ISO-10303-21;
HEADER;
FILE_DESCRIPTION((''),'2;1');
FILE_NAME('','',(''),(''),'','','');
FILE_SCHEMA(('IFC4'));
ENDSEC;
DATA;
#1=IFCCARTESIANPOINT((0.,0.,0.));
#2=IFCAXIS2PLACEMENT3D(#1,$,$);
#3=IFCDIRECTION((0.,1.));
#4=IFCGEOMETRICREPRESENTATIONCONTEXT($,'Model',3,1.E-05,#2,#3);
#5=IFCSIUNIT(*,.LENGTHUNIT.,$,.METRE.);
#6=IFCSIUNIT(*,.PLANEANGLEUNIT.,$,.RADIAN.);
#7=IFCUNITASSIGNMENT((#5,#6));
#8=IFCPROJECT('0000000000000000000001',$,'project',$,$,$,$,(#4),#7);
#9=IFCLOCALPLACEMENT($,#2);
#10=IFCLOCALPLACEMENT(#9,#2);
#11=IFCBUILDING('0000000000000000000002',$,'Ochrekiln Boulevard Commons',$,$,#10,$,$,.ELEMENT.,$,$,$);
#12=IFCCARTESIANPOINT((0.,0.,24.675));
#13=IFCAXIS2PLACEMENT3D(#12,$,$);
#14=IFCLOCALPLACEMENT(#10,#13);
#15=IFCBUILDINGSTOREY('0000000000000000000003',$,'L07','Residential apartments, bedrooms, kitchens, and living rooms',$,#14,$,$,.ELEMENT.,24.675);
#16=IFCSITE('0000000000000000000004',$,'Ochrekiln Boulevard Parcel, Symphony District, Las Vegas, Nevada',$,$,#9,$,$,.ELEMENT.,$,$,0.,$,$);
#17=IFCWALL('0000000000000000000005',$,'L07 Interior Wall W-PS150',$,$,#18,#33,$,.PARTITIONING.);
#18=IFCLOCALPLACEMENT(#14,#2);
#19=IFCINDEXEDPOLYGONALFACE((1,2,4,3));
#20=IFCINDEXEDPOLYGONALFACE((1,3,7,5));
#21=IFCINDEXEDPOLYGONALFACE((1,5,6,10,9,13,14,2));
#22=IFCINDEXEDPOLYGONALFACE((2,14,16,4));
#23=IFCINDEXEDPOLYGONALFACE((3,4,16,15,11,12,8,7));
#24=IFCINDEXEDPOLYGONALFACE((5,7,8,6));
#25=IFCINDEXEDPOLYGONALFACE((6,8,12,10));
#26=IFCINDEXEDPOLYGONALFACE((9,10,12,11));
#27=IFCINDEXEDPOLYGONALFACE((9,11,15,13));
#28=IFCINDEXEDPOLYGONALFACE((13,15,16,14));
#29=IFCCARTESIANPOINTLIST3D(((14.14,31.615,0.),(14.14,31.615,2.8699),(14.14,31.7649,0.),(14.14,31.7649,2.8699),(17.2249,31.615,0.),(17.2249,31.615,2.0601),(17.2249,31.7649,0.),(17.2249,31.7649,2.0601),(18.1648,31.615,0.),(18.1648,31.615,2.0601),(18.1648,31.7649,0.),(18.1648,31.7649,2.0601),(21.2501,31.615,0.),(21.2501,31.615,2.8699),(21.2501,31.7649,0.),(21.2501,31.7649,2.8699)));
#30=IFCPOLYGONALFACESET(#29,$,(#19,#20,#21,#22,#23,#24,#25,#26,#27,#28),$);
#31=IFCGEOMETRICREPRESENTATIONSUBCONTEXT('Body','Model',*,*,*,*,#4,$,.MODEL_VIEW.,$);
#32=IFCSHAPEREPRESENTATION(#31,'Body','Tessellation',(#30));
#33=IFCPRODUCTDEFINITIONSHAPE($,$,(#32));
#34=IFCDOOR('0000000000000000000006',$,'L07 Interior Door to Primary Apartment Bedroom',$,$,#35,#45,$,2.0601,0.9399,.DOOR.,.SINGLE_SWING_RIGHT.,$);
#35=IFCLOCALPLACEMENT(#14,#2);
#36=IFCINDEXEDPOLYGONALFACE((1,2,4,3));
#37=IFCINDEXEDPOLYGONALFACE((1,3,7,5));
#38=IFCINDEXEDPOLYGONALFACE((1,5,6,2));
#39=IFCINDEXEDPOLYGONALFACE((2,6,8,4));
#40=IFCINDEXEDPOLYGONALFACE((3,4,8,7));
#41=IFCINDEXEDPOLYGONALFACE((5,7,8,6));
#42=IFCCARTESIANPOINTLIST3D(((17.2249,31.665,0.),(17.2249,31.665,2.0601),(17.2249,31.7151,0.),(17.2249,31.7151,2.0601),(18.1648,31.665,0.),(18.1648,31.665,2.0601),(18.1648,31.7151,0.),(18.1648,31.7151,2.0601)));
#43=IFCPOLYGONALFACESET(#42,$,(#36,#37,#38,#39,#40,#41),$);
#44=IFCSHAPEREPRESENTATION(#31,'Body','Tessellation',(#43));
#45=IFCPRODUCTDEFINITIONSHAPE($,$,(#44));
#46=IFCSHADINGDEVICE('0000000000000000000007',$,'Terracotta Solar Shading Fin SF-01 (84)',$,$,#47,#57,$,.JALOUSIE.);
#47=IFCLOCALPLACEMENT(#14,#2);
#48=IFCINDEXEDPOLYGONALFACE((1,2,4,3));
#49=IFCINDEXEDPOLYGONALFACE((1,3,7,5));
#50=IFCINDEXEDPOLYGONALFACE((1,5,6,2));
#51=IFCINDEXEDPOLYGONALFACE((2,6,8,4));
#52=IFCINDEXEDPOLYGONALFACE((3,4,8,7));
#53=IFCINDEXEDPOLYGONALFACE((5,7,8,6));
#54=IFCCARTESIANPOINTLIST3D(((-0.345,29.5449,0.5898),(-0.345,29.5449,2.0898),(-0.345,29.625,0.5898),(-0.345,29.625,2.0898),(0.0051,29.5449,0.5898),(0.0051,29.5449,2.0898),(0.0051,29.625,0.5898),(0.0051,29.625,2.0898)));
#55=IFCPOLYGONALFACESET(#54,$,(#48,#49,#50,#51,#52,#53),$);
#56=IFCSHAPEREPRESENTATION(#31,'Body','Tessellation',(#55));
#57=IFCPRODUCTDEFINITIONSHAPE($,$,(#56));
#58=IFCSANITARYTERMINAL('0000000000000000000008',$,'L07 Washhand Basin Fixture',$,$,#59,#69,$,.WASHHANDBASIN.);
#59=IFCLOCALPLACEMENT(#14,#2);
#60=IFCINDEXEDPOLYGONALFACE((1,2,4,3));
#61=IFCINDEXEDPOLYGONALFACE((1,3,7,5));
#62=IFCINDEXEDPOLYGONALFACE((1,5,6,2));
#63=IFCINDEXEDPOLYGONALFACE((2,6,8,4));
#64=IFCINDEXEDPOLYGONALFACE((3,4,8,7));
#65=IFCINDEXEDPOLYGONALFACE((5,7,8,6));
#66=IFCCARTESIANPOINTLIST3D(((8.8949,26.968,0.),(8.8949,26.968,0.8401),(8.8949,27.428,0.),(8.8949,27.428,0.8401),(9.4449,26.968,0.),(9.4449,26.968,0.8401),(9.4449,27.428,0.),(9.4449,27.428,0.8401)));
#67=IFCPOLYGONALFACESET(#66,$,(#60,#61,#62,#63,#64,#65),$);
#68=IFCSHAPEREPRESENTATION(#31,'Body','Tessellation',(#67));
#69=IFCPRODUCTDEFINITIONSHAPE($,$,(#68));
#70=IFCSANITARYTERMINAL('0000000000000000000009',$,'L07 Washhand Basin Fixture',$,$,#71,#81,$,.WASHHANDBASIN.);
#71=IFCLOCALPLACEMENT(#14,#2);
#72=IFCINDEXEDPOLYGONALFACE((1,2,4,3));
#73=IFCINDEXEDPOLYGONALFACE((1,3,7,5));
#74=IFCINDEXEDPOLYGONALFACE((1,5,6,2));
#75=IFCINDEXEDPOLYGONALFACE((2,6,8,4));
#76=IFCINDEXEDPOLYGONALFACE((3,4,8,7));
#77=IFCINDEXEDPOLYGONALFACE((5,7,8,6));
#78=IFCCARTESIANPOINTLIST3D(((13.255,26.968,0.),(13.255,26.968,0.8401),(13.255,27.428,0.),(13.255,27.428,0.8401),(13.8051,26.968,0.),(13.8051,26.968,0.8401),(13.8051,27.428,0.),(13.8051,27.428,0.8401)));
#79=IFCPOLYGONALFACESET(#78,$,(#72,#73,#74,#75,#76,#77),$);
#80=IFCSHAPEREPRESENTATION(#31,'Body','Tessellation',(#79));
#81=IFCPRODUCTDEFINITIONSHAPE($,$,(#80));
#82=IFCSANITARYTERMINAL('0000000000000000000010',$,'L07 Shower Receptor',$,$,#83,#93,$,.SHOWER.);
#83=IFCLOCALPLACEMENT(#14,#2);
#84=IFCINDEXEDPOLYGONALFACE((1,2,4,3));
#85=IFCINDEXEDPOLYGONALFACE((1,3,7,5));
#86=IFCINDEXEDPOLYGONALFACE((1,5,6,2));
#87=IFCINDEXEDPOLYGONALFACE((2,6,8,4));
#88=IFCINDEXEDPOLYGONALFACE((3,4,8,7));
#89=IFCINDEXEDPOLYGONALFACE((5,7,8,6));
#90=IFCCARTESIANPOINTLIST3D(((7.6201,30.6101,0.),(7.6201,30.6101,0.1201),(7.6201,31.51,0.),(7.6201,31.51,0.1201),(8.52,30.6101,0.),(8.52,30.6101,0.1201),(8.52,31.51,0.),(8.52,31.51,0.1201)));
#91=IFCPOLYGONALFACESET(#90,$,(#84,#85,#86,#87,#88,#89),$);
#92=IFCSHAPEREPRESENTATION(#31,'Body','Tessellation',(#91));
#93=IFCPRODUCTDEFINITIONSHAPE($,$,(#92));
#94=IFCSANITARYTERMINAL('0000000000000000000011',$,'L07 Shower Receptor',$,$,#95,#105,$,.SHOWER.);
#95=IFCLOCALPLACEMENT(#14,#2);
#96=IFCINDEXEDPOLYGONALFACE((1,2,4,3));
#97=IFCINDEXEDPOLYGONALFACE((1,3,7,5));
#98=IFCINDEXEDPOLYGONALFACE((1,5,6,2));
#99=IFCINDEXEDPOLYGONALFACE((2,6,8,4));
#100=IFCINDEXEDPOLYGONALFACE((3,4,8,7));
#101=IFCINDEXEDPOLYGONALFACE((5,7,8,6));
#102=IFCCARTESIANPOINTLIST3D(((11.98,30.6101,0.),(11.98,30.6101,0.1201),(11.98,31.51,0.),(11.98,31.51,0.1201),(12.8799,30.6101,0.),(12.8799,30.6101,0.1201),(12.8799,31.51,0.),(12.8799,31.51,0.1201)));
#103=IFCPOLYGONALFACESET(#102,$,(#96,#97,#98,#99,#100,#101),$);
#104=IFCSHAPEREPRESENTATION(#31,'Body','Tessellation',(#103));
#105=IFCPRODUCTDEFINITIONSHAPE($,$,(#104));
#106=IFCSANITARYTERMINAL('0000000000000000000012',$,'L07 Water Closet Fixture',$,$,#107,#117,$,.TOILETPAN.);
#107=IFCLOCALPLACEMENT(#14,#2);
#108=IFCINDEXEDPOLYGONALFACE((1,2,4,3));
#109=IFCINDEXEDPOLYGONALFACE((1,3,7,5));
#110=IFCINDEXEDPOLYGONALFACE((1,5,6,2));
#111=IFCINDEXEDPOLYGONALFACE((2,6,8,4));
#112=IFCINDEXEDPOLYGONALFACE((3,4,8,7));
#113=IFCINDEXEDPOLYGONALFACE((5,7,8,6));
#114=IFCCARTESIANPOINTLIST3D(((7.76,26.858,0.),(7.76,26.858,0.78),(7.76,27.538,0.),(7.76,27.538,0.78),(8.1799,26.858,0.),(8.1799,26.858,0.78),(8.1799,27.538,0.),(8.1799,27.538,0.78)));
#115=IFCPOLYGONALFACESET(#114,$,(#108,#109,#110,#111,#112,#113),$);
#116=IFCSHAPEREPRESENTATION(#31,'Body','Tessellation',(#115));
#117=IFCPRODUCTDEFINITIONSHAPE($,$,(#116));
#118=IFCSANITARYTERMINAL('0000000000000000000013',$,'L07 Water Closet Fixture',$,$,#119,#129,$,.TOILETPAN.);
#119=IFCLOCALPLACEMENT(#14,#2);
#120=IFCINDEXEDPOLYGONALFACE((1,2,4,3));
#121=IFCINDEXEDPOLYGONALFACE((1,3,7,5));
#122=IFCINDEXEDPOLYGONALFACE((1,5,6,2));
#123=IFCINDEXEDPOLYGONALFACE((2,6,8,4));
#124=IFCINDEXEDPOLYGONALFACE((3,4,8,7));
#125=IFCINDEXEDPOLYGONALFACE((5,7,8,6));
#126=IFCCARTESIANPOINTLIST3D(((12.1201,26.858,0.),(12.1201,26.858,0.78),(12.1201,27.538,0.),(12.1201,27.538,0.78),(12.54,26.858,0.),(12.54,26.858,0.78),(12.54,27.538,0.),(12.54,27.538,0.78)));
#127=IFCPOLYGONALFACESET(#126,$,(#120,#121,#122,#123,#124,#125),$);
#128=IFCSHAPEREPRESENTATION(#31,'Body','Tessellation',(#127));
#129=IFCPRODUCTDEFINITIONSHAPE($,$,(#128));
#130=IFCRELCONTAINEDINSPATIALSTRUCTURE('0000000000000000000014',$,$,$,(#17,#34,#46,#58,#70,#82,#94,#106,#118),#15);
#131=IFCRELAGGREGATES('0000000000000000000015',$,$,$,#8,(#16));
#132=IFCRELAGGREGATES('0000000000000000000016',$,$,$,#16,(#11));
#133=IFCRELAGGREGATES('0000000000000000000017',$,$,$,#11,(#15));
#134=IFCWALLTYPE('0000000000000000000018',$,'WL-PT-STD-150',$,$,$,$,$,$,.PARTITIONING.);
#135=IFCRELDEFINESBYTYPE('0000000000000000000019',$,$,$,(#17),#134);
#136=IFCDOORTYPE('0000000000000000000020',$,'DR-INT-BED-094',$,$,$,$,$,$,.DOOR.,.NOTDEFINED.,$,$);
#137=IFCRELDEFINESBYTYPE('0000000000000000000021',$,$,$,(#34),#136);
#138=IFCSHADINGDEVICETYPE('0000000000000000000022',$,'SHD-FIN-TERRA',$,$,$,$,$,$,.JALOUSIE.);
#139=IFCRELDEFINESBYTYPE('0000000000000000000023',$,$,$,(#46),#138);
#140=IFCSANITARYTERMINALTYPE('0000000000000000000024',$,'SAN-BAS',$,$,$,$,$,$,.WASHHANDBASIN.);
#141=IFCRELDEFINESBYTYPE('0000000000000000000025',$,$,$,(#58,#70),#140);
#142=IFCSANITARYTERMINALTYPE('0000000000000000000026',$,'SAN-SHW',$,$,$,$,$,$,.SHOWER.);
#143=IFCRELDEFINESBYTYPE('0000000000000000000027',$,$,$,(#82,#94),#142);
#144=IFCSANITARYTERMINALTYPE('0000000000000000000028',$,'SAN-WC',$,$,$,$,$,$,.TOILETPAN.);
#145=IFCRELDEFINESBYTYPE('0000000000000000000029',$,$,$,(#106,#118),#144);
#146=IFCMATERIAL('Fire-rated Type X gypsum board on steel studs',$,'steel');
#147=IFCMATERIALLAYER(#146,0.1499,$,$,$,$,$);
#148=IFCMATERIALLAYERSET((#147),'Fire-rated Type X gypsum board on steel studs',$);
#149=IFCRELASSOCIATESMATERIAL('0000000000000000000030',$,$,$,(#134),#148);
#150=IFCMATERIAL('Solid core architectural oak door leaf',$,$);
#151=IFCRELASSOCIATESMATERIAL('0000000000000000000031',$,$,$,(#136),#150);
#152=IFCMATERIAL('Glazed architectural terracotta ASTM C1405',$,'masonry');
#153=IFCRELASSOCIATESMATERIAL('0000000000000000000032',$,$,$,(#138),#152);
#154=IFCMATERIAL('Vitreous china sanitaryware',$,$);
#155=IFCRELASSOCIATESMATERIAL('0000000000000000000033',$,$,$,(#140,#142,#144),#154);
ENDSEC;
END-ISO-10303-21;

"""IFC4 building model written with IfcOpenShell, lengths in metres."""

from ifc_helpers import new_model, si_unit, direction, frame, frame_2d, origin, origin_2d, place, context, subcontext, project, spatial, rectangle, extrude, material, layer, layer_set, type_object, element, fill, save


model = new_model("IFC4")

# Units and contexts
model_context = context("Model", 3, precision=1e-05, world=origin(), true_north=direction((0.0, 1.0)))
body_context = subcontext(model_context, "Body", "Model", "MODEL_VIEW")
ifc_project = project(units=[si_unit("LENGTHUNIT", "METRE"), si_unit("PLANEANGLEUNIT", "RADIAN")], contexts=[model_context])

# Site, building, storey
site_placement = place(None, origin())
site = spatial("IfcSite", under=ifc_project, at=site_placement, Name="Ochrekiln Boulevard Parcel, Symphony District, Las Vegas, Nevada", CompositionType="ELEMENT", RefElevation=0.0)
building_placement = place(site_placement, origin())
building = spatial("IfcBuilding", under=site, at=building_placement, Name="Ochrekiln Boulevard Commons", CompositionType="ELEMENT")
storey_placement = place(building_placement, frame((0.0, 0.0, 24.675)))
storey = spatial("IfcBuildingStorey", under=building, at=storey_placement, Name="L07", Description="Residential apartments, bedrooms, kitchens, and living rooms", CompositionType="ELEMENT", Elevation=24.675)

# Shared definitions
ifc_material_1 = material(Name="Solid core architectural oak door leaf")

# Shared definitions
ifc_material_2 = material(Name="Fire-rated Type X gypsum board on steel studs", Category="steel")

# Wall, opening, door
ifc_layer_1 = layer(ifc_material_2, 0.1499)
ifc_layer_set_1 = layer_set([ifc_layer_1], Name="Fire-rated Type X gypsum board on steel studs")
wall_type_1 = type_object("IfcWallType", Name="WL-PT-STD-150", PredefinedType="PARTITIONING", material=ifc_layer_set_1)
wall_1_placement = place(storey_placement, frame((14.1399, 31.6899, 0.0), z_axis=(0.0, 0.0, 1.0), x_axis=(1.0, 0.0, 0.0)))
wall_1 = element("IfcWall", 1, at=wall_1_placement, inside=storey, type_object=wall_type_1, Name="L07 Interior Wall W-PS150", PredefinedType="PARTITIONING", context=body_context, shape_type="SweptSolid", body=[
    extrude(rectangle(XDim=7.1101, YDim=0.1499, at=frame_2d((3.5552, 0.0))), origin(), (0.0, 0.0, 1.0), 2.8699),
])
opening_1_placement = place(wall_1_placement, frame((3.085, 0.0, 0.0)))
opening_1 = element("IfcOpeningElement", 2, at=opening_1_placement, cuts=wall_1, PredefinedType="OPENING", context=body_context, shape_type="SweptSolid", body=[
    extrude(rectangle(XDim=0.9399, YDim=2.0601, at=frame_2d((0.47, 1.03))), frame((0.0, 0.085, 0.0), z_axis=(0.0, -1.0, 0.0), x_axis=(1.0, 0.0, 0.0)), (0.0, 0.0, 1.0), 0.1699),
])
door_type_1 = type_object("IfcDoorType", Name="DR-INT-BED-094", OperationType="NOTDEFINED", PredefinedType="DOOR", material=ifc_material_1)
door_1_placement = place(opening_1_placement, frame((0.9399, 0.0, 0.0), z_axis=(0.0, 0.0, 1.0), x_axis=(-1.0, 0.0, 0.0)))
door_1 = element("IfcDoor", 3, at=door_1_placement, inside=storey, type_object=door_type_1, Name="L07 Interior Door to Primary Apartment Bedroom", OperationType="SINGLE_SWING_RIGHT", OverallHeight=2.0601, OverallWidth=0.9399, PredefinedType="DOOR", context=body_context, shape_type="SweptSolid", body=[
    extrude(rectangle(XDim=0.9399, YDim=2.0601, at=frame_2d((0.47, 1.03))), frame((0.0, 0.0249, 0.0), z_axis=(0.0, -1.0, 0.0), x_axis=(1.0, 0.0, 0.0)), (0.0, 0.0, 1.0), 0.05),
])
fill(opening_1, door_1)

# Shading device
ifc_material_3 = material(Name="Glazed architectural terracotta ASTM C1405", Category="masonry")
shading_device_type = type_object("IfcShadingDeviceType", Name="SHD-FIN-TERRA", PredefinedType="JALOUSIE", material=ifc_material_3)
shading_device_placement = place(storey_placement, frame((-0.1699, 29.585, 0.5898), z_axis=(0.0, 0.0, 1.0), x_axis=(1.0, 0.0, 0.0)))
element("IfcShadingDevice", 4, at=shading_device_placement, inside=storey, type_object=shading_device_type, Name="Terracotta Solar Shading Fin SF-01 (84)", PredefinedType="JALOUSIE", context=body_context, shape_type="SweptSolid", body=[
    extrude(rectangle(XDim=0.3501, YDim=0.0801, at=origin_2d()), origin(), (0.0, 0.0, 1.0), 1.5),
])

# Sanitary terminals
ifc_material_4 = material(Name="Vitreous china sanitaryware")
sanitary_terminal_type_1 = type_object("IfcSanitaryTerminalType", Name="SAN-BAS", PredefinedType="WASHHANDBASIN", material=ifc_material_4)
for number, where, z_axis, x_axis, name in (
    (5, (9.1699, 27.198, 0.0), (0.0, 0.0, 1.0), (1.0, 0.0, 0.0), "L07 Washhand Basin Fixture"),
    (6, (13.53, 27.198, 0.0), (0.0, 0.0, 1.0), (1.0, 0.0, 0.0), "L07 Washhand Basin Fixture"),
):
    element("IfcSanitaryTerminal", number, at=place(storey_placement, frame(where, z_axis=z_axis, x_axis=x_axis)), inside=storey, type_object=sanitary_terminal_type_1, Name=name, PredefinedType="WASHHANDBASIN", context=body_context, shape_type="SweptSolid", body=[
        extrude(rectangle(XDim=0.55, YDim=0.46, at=origin_2d()), origin(), (0.0, 0.0, 1.0), 0.8401),
    ])
sanitary_terminal_type_2 = type_object("IfcSanitaryTerminalType", Name="SAN-SHW", PredefinedType="SHOWER", material=ifc_material_4)
for number, where, z_axis, x_axis, name in (
    (7, (8.0701, 31.0601, 0.0), (0.0, 0.0, 1.0), (1.0, 0.0, 0.0), "L07 Shower Receptor"),
    (8, (12.4299, 31.0601, 0.0), (0.0, 0.0, 1.0), (1.0, 0.0, 0.0), "L07 Shower Receptor"),
):
    element("IfcSanitaryTerminal", number, at=place(storey_placement, frame(where, z_axis=z_axis, x_axis=x_axis)), inside=storey, type_object=sanitary_terminal_type_2, Name=name, PredefinedType="SHOWER", context=body_context, shape_type="SweptSolid", body=[
        extrude(rectangle(XDim=0.8999, YDim=0.8999, at=origin_2d()), origin(), (0.0, 0.0, 1.0), 0.1201),
    ])
sanitary_terminal_type_3 = type_object("IfcSanitaryTerminalType", Name="SAN-WC", PredefinedType="TOILETPAN", material=ifc_material_4)
for number, where, z_axis, x_axis, name in (
    (9, (7.97, 27.198, 0.0), (0.0, 0.0, 1.0), (1.0, 0.0, 0.0), "L07 Water Closet Fixture"),
    (10, (12.3301, 27.198, 0.0), (0.0, 0.0, 1.0), (1.0, 0.0, 0.0), "L07 Water Closet Fixture"),
):
    element("IfcSanitaryTerminal", number, at=place(storey_placement, frame(where, z_axis=z_axis, x_axis=x_axis)), inside=storey, type_object=sanitary_terminal_type_3, Name=name, PredefinedType="TOILETPAN", context=body_context, shape_type="SweptSolid", body=[
        extrude(rectangle(XDim=0.4199, YDim=0.6799, at=origin_2d()), origin(), (0.0, 0.0, 1.0), 0.78),
    ])

save(model, "model.ifc")
